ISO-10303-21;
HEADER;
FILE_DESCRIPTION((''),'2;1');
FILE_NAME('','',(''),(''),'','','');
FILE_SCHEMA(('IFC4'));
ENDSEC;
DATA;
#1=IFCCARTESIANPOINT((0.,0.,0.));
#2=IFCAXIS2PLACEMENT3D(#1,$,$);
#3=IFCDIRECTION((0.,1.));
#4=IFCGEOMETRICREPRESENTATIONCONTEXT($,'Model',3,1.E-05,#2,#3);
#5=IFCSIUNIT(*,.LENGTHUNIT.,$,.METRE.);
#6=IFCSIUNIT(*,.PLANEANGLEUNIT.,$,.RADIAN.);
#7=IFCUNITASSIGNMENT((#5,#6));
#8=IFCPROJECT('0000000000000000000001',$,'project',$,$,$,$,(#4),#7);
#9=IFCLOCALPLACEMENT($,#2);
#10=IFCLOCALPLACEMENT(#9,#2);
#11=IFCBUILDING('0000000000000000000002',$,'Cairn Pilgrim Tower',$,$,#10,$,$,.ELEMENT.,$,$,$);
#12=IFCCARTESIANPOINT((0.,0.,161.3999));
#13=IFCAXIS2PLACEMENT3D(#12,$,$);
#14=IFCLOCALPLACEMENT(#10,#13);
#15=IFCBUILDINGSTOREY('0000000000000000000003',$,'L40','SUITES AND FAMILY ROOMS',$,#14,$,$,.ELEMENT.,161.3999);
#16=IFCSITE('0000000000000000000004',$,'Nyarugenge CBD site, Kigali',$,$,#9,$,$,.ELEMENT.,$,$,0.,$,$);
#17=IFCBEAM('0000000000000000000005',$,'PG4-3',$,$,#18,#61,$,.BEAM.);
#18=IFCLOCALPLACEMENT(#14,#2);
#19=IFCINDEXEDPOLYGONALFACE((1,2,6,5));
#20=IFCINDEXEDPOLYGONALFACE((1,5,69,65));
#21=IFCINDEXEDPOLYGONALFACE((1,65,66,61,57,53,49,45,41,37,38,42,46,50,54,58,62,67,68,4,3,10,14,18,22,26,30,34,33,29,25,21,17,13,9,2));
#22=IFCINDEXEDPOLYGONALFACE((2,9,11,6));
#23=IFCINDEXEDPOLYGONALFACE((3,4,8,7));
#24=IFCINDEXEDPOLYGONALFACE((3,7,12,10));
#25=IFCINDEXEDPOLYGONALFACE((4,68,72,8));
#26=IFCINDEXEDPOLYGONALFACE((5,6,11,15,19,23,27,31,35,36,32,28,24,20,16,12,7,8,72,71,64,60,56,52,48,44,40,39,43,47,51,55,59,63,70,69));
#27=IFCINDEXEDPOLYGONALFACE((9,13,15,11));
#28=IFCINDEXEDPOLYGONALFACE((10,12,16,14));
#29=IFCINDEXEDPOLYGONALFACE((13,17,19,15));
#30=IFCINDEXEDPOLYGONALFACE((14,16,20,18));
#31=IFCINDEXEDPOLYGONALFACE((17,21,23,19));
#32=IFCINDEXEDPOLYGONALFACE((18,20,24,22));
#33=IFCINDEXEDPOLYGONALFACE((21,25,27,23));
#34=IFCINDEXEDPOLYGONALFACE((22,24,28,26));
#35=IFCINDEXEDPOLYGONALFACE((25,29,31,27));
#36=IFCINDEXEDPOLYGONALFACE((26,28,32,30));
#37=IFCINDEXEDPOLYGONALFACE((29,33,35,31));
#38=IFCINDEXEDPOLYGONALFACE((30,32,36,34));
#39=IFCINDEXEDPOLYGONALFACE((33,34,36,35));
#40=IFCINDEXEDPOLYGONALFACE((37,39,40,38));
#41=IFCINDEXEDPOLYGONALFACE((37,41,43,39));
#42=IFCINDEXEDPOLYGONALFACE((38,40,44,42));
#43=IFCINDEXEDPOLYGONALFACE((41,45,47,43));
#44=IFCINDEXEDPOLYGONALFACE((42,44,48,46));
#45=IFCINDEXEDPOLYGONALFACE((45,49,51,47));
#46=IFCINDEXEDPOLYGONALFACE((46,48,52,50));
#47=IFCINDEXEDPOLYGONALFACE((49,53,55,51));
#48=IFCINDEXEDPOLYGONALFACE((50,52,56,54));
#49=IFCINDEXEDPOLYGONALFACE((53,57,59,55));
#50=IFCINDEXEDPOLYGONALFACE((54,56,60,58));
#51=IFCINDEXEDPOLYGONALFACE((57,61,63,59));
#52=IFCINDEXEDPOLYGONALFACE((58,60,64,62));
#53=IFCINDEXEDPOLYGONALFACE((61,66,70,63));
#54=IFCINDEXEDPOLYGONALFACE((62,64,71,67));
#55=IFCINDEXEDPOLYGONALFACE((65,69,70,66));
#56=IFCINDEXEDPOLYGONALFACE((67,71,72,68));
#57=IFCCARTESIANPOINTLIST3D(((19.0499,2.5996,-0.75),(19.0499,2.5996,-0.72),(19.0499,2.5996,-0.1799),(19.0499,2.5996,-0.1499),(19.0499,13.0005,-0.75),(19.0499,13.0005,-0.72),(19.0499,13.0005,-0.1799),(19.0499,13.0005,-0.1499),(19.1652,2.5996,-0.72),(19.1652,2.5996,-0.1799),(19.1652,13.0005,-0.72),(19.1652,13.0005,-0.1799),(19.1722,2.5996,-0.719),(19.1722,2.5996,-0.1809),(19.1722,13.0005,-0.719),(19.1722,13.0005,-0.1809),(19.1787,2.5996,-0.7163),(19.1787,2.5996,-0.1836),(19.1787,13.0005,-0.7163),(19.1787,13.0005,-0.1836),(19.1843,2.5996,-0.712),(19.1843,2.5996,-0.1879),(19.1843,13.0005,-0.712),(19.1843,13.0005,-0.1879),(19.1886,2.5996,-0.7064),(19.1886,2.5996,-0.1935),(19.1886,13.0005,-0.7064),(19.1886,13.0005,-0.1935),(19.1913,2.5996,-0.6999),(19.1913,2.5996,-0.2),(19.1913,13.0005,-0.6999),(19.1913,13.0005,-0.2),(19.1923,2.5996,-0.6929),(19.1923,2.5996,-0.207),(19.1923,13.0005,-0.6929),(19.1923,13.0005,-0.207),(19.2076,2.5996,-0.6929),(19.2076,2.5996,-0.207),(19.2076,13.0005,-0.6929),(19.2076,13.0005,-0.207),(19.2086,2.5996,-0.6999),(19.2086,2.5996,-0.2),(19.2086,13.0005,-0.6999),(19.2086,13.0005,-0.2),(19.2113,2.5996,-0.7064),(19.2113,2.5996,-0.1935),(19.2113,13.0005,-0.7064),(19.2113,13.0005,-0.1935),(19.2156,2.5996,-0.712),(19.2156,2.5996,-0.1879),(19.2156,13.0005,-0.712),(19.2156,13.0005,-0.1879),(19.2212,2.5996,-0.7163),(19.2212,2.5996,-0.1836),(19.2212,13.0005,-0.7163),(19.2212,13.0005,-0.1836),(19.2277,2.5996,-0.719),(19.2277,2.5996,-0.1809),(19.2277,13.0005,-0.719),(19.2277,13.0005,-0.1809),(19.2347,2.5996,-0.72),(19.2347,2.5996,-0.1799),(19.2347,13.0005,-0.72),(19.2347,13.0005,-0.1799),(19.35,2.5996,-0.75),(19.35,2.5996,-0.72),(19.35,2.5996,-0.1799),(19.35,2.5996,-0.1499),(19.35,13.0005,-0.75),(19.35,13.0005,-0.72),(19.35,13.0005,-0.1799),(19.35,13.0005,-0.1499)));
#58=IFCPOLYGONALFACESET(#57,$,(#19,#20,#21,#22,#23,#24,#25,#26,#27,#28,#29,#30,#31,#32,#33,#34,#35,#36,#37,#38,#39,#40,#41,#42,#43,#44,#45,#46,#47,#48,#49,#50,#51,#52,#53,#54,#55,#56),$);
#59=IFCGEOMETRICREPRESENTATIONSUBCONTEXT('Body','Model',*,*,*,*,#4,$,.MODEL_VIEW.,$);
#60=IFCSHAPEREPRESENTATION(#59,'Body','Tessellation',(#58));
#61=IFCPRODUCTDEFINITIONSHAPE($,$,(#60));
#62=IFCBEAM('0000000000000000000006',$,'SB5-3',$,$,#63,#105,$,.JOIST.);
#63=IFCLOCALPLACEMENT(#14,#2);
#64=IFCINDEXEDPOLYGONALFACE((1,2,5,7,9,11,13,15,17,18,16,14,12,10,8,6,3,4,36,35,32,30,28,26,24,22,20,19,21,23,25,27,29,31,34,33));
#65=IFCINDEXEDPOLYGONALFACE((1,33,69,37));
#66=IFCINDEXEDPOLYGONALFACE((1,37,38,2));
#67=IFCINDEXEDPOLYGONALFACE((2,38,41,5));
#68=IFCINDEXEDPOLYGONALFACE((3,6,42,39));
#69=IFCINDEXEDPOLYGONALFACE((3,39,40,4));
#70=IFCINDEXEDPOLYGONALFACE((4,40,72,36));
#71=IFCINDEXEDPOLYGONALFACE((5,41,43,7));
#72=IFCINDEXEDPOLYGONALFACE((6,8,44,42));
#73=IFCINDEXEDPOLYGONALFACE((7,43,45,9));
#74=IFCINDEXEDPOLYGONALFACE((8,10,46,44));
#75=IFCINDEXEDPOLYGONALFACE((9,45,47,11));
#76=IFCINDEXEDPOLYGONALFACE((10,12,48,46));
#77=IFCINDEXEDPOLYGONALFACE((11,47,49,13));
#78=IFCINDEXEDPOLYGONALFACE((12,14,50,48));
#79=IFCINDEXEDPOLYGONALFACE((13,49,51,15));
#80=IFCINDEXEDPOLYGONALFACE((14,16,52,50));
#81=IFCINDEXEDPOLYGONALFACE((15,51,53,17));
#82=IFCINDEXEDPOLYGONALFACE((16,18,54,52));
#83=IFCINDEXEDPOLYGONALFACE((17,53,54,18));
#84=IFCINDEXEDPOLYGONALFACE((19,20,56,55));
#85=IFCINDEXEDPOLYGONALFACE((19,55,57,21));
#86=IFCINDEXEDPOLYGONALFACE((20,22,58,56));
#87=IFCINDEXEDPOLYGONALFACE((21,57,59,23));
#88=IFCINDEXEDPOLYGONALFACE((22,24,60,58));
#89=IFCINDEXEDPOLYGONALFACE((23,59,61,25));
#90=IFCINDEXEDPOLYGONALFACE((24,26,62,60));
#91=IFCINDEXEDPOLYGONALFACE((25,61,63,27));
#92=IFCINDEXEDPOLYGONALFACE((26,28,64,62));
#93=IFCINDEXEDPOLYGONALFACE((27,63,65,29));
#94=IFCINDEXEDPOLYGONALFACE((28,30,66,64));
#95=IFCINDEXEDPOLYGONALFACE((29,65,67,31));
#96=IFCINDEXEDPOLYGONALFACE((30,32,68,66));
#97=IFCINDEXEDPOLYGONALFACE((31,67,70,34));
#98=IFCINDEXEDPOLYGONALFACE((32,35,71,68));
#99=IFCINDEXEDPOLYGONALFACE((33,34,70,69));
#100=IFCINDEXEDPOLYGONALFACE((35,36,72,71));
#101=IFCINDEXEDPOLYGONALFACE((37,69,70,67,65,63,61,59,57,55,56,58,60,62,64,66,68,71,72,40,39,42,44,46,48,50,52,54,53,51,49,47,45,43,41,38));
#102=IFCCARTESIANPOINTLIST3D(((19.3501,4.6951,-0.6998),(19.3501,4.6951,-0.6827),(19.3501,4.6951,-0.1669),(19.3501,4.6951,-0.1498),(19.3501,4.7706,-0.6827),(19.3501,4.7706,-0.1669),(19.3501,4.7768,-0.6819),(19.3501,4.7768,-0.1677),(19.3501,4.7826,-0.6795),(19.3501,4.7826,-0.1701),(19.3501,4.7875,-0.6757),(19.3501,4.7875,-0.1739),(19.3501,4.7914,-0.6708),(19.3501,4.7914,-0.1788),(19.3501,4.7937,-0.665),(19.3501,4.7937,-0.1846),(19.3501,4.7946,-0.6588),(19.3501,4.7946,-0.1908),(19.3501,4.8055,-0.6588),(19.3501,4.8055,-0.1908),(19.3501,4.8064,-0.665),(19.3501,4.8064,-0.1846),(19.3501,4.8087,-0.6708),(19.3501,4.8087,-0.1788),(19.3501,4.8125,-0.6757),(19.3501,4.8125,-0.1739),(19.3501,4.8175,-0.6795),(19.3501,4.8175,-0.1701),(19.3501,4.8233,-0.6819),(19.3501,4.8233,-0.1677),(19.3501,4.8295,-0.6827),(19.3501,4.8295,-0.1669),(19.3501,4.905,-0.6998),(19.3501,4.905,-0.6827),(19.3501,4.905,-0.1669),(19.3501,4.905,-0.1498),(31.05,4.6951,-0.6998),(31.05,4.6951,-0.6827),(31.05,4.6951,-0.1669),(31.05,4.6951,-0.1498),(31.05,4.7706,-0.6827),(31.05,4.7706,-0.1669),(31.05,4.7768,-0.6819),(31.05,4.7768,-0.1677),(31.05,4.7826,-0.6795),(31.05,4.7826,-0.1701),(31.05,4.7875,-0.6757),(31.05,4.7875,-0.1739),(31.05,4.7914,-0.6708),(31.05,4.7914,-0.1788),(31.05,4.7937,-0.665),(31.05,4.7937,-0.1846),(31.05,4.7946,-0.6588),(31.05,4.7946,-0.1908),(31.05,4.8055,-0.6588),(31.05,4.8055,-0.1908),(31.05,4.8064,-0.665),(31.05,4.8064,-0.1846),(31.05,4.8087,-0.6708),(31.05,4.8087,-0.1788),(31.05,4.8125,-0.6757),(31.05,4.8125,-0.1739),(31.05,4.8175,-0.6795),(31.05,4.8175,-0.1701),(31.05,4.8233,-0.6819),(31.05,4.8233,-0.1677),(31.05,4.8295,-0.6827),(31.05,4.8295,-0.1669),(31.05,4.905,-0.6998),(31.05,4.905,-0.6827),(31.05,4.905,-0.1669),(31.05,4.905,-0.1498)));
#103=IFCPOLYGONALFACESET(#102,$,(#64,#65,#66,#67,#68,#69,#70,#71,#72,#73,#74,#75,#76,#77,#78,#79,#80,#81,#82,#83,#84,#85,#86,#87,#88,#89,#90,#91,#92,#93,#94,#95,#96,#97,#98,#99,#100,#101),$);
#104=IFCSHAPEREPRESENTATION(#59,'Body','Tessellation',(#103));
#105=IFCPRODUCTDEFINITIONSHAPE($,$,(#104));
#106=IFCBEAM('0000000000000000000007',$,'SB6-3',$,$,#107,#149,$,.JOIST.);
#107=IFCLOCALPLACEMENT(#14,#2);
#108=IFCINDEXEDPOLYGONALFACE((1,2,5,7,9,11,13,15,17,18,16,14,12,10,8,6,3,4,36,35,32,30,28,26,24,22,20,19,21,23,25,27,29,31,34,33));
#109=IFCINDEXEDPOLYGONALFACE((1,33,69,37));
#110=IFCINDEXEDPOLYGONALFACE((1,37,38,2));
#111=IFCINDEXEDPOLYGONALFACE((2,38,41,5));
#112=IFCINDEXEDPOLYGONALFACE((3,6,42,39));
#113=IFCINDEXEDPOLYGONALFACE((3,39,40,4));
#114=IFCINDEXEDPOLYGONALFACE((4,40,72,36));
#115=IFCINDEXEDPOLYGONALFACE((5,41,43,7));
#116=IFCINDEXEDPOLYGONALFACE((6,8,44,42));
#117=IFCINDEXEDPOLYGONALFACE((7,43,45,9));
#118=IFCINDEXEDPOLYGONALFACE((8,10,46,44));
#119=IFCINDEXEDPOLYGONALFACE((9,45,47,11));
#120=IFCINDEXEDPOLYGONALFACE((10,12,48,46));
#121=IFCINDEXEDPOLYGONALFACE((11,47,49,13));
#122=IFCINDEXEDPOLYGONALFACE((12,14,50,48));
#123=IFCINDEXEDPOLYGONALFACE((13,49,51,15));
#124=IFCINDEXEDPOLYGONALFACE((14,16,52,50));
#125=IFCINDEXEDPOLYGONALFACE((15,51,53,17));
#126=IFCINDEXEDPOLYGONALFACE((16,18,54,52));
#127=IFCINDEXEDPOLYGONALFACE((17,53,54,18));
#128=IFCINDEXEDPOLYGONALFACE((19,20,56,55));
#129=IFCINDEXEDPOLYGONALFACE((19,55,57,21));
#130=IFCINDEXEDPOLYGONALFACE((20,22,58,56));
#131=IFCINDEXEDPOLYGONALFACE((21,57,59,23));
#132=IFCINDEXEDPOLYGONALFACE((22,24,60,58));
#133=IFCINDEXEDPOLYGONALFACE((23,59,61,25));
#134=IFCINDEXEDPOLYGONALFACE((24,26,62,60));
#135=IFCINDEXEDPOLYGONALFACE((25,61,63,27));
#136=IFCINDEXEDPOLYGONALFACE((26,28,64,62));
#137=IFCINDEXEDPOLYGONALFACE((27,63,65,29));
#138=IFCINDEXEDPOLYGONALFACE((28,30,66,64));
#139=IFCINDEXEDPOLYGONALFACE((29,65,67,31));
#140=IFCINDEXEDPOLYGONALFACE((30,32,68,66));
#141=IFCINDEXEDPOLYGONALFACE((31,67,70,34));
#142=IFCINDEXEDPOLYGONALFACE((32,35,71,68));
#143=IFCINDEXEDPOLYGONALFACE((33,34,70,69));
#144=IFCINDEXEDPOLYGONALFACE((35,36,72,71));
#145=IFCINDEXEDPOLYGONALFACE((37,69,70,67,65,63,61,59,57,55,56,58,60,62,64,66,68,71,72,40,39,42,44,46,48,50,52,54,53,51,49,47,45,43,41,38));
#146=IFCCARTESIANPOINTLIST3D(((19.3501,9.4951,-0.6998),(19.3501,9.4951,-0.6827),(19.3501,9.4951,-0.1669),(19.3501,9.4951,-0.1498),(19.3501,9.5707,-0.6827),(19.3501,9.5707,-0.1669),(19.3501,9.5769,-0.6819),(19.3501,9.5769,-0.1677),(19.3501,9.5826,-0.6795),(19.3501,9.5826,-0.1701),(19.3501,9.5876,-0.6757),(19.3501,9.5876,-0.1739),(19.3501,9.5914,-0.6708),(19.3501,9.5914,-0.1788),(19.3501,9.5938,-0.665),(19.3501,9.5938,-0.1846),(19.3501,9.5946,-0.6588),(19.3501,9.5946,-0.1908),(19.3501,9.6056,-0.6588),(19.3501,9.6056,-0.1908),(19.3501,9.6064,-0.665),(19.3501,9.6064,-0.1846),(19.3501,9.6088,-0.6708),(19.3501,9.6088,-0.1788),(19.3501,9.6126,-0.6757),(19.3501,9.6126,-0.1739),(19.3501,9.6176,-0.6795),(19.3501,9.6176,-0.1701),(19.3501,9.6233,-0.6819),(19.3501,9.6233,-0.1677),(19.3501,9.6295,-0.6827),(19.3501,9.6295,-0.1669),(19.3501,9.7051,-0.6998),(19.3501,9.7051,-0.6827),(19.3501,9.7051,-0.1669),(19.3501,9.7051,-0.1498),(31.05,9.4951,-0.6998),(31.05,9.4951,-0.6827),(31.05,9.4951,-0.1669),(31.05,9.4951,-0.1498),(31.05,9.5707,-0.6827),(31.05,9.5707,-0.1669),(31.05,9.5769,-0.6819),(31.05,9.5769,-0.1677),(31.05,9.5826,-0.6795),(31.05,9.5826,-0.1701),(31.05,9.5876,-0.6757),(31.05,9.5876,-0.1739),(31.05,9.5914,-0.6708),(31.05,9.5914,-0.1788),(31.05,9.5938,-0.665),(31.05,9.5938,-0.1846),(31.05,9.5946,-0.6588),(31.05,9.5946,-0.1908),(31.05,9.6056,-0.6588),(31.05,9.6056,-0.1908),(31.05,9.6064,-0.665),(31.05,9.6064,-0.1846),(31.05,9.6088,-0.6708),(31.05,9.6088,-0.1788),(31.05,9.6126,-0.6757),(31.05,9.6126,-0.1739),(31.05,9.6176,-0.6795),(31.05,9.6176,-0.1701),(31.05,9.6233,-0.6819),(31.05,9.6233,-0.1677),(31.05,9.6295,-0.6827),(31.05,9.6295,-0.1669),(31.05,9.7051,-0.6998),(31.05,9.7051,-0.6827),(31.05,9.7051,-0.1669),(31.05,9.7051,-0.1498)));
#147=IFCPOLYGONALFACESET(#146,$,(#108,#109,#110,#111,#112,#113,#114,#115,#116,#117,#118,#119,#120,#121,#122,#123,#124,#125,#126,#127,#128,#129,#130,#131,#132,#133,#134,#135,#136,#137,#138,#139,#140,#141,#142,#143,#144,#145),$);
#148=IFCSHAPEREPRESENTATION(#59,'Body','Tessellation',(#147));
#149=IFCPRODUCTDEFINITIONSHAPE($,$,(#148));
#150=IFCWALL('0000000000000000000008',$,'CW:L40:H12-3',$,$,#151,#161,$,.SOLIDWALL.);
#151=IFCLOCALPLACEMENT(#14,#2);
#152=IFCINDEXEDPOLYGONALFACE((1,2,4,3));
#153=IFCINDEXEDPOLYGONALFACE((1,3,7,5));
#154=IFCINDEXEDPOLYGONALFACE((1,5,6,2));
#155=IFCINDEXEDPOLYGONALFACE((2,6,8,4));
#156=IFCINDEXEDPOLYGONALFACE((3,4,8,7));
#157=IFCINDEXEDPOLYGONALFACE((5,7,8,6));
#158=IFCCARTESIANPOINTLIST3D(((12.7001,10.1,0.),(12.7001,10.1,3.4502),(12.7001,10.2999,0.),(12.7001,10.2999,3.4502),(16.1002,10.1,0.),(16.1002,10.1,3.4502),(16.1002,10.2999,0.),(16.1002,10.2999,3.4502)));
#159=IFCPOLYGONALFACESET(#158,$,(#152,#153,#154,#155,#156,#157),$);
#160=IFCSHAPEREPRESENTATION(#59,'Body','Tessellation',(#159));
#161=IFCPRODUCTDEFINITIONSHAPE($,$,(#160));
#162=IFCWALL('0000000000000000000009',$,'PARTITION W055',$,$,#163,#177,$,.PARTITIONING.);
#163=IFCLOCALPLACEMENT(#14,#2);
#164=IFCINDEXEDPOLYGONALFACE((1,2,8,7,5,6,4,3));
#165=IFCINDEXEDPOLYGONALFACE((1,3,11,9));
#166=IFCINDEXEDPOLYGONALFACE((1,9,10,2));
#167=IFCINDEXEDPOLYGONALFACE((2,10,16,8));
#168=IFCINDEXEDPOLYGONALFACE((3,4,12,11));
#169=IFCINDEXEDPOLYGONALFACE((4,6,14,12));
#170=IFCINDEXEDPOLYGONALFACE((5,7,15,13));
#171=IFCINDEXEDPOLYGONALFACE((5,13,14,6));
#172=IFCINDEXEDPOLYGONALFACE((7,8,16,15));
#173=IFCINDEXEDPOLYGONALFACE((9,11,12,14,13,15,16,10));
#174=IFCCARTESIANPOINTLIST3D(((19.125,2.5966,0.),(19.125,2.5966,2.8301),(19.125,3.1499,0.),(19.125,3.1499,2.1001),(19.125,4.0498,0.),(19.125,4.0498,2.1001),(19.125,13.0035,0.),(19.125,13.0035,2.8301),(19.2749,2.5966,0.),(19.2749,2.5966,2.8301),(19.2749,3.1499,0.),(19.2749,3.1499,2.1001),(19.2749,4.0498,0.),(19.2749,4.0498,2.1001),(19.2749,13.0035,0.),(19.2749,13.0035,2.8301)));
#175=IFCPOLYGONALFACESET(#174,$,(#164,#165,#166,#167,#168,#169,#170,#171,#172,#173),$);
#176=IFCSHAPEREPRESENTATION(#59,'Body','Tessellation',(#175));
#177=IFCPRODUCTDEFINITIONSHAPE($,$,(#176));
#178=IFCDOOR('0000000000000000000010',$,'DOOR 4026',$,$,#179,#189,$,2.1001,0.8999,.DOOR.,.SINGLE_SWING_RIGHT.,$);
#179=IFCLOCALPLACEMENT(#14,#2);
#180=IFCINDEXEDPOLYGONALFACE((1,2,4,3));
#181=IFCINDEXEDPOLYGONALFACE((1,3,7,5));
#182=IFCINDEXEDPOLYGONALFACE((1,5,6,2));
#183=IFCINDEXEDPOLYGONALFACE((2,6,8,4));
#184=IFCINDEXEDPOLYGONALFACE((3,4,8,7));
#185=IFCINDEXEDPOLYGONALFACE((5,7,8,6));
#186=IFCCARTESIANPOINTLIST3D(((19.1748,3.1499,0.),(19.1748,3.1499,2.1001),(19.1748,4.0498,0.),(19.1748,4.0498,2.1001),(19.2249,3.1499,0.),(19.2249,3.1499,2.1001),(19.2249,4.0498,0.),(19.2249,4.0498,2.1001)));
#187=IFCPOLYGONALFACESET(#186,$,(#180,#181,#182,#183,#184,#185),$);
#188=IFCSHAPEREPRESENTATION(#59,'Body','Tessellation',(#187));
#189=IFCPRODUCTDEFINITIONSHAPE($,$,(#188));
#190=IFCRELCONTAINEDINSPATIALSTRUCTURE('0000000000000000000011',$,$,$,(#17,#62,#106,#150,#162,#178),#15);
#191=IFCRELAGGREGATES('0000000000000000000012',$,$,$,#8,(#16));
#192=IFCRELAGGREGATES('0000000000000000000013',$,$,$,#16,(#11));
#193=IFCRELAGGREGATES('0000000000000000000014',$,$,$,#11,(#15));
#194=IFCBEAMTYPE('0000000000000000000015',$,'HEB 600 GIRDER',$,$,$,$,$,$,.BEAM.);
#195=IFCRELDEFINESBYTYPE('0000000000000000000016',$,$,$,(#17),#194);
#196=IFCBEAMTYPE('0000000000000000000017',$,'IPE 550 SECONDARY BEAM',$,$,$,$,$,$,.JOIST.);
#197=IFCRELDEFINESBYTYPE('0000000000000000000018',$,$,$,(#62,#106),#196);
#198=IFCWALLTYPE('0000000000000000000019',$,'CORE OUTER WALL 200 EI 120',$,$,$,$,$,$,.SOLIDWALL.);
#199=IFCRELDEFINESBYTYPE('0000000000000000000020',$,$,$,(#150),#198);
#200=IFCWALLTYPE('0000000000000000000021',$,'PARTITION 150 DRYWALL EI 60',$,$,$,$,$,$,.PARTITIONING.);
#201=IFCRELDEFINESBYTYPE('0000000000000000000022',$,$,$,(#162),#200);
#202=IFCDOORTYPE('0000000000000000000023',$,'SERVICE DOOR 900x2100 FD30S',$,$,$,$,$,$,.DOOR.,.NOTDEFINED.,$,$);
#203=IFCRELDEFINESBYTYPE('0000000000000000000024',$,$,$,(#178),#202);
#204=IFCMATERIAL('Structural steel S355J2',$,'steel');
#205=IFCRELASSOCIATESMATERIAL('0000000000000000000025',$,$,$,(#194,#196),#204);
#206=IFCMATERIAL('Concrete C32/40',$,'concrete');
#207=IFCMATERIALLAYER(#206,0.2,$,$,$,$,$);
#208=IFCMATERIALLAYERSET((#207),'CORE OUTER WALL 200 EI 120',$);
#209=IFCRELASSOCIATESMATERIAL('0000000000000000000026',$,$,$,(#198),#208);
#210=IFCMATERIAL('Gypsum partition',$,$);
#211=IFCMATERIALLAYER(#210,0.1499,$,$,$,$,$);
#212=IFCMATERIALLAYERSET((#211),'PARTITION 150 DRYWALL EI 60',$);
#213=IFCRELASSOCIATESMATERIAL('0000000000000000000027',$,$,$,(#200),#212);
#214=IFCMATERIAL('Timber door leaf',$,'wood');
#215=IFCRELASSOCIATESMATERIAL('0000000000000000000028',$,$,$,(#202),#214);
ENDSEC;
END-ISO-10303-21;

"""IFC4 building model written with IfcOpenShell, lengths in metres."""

from ifc_helpers import new_model, si_unit, direction, frame, frame_2d, origin, origin_2d, place, context, subcontext, project, spatial, rectangle, i_section, extrude, material, layer, layer_set, material_profile, profile_set, type_object, element, fill, save


model = new_model("IFC4")

# Units and contexts
model_context = context("Model", 3, precision=1e-05, world=origin(), true_north=direction((0.0, 1.0)))
body_context = subcontext(model_context, "Body", "Model", "MODEL_VIEW")
ifc_project = project(units=[si_unit("LENGTHUNIT", "METRE"), si_unit("PLANEANGLEUNIT", "RADIAN")], contexts=[model_context])

# Site, building, storey
site_placement = place(None, origin())
site = spatial("IfcSite", under=ifc_project, at=site_placement, Name="Nyarugenge CBD site, Kigali", CompositionType="ELEMENT", RefElevation=0.0)
building_placement = place(site_placement, origin())
building = spatial("IfcBuilding", under=site, at=building_placement, Name="Cairn Pilgrim Tower", CompositionType="ELEMENT")
storey_placement = place(building_placement, frame((0.0, 0.0, 161.3999)))
storey = spatial("IfcBuildingStorey", under=building, at=storey_placement, Name="L40", Description="SUITES AND FAMILY ROOMS", CompositionType="ELEMENT", Elevation=161.3999)

# Beams
ifc_material_1 = material(Name="Structural steel S355J2", Category="steel")
ifc_material_profile_1 = material_profile(ifc_material_1, i_section(OverallWidth=0.3, OverallDepth=0.6001, WebThickness=0.0154, FlangeThickness=0.03, FilletRadius=0.0271, at=origin_2d()), Name="HEB 600")
ifc_profile_set_1 = profile_set([ifc_material_profile_1], Name="Structural steel S355J2")
beam_type_1 = type_object("IfcBeamType", Name="HEB 600 GIRDER", PredefinedType="BEAM", material=ifc_profile_set_1)
beam_1_placement = place(storey_placement, frame((19.2, 2.5996, -0.45), z_axis=(0.0, 1.0, 0.0), x_axis=(-1.0, 0.0, 0.0)))
element("IfcBeam", 1, at=beam_1_placement, inside=storey, type_object=beam_type_1, Name="PG4-3", PredefinedType="BEAM", context=body_context, shape_type="SweptSolid", body=[
    extrude(i_section(OverallWidth=0.3, OverallDepth=0.6001, WebThickness=0.0154, FlangeThickness=0.03, FilletRadius=0.0271, at=origin_2d()), origin(), (0.0, 0.0, 1.0), 10.4009),
])
ifc_material_profile_2 = material_profile(ifc_material_1, i_section(OverallWidth=0.21, OverallDepth=0.55, WebThickness=0.011, FlangeThickness=0.0171, FilletRadius=0.0239, at=origin_2d()), Name="IPE 550")
ifc_profile_set_2 = profile_set([ifc_material_profile_2], Name="Structural steel S355J2")
beam_type_2 = type_object("IfcBeamType", Name="IPE 550 SECONDARY BEAM", PredefinedType="JOIST", material=ifc_profile_set_2)
for number, where, z_axis, x_axis, name in (
    (2, (19.3501, 4.8, -0.4248), (1.0, 0.0, 0.0), (0.0, 1.0, 0.0), "SB5-3"),
    (3, (19.3501, 9.6001, -0.4248), (1.0, 0.0, 0.0), (0.0, 1.0, 0.0), "SB6-3"),
):
    element("IfcBeam", number, at=place(storey_placement, frame(where, z_axis=z_axis, x_axis=x_axis)), inside=storey, type_object=beam_type_2, Name=name, PredefinedType="JOIST", context=body_context, shape_type="SweptSolid", body=[
        extrude(i_section(OverallWidth=0.21, OverallDepth=0.55, WebThickness=0.011, FlangeThickness=0.0171, FilletRadius=0.0239, at=origin_2d()), origin(), (0.0, 0.0, 1.0), 11.7),
    ])

# Wall
ifc_material_2 = material(Name="Concrete C32/40", Category="concrete")
ifc_layer_1 = layer(ifc_material_2, 0.2)
ifc_layer_set_1 = layer_set([ifc_layer_1], Name="CORE OUTER WALL 200 EI 120")
wall_type_1 = type_object("IfcWallType", Name="CORE OUTER WALL 200 EI 120", PredefinedType="SOLIDWALL", material=ifc_layer_set_1)
wall_1_placement = place(storey_placement, frame((12.7, 10.2, 0.0), z_axis=(0.0, 0.0, 1.0), x_axis=(1.0, 0.0, 0.0)))
element("IfcWall", 4, at=wall_1_placement, inside=storey, type_object=wall_type_1, Name="CW:L40:H12-3", PredefinedType="SOLIDWALL", context=body_context, shape_type="SweptSolid", body=[
    extrude(rectangle(XDim=3.4001, YDim=0.2, at=frame_2d((1.7002, 0.0))), origin(), (0.0, 0.0, 1.0), 3.4502),
])

# Wall, opening, door
ifc_material_3 = material(Name="Gypsum partition")
ifc_layer_2 = layer(ifc_material_3, 0.1499)
ifc_layer_set_2 = layer_set([ifc_layer_2], Name="PARTITION 150 DRYWALL EI 60")
wall_type_2 = type_object("IfcWallType", Name="PARTITION 150 DRYWALL EI 60", PredefinedType="PARTITIONING", material=ifc_layer_set_2)
wall_2_placement = place(storey_placement, frame((19.2, 2.5964, 0.0), z_axis=(0.0, 0.0, 1.0), x_axis=(0.0, 1.0, 0.0)))
wall_2 = element("IfcWall", 5, at=wall_2_placement, inside=storey, type_object=wall_type_2, Name="PARTITION W055", PredefinedType="PARTITIONING", context=body_context, shape_type="SweptSolid", body=[
    extrude(rectangle(XDim=10.407, YDim=0.1499, at=frame_2d((5.2036, 0.0))), origin(), (0.0, 0.0, 1.0), 2.8301),
])
opening_placement = place(wall_2_placement, frame((0.5535, 0.0, 0.0)))
opening = element("IfcOpeningElement", 6, at=opening_placement, cuts=wall_2, PredefinedType="OPENING", context=body_context, shape_type="SweptSolid", body=[
    extrude(rectangle(XDim=0.8999, YDim=2.1001, at=frame_2d((0.45, 1.05))), frame((0.0, 0.085, 0.0), z_axis=(0.0, -1.0, 0.0), x_axis=(1.0, 0.0, 0.0)), (0.0, 0.0, 1.0), 0.1699),
])
ifc_material_4 = material(Name="Timber door leaf", Category="wood")
door_type = type_object("IfcDoorType", Name="SERVICE DOOR 900x2100 FD30S", OperationType="NOTDEFINED", PredefinedType="DOOR", material=ifc_material_4)
door_placement = place(opening_placement, frame((0.8999, 0.0, 0.0), z_axis=(0.0, 0.0, 1.0), x_axis=(-1.0, 0.0, 0.0)))
door = element("IfcDoor", 7, at=door_placement, inside=storey, type_object=door_type, Name="DOOR 4026", OperationType="SINGLE_SWING_RIGHT", OverallHeight=2.1001, OverallWidth=0.8999, PredefinedType="DOOR", context=body_context, shape_type="SweptSolid", body=[
    extrude(rectangle(XDim=0.8999, YDim=2.1001, at=frame_2d((0.45, 1.05))), frame((0.0, 0.0249, 0.0), z_axis=(0.0, -1.0, 0.0), x_axis=(1.0, 0.0, 0.0)), (0.0, 0.0, 1.0), 0.05),
])
fill(opening, door)

save(model, "model.ifc")
